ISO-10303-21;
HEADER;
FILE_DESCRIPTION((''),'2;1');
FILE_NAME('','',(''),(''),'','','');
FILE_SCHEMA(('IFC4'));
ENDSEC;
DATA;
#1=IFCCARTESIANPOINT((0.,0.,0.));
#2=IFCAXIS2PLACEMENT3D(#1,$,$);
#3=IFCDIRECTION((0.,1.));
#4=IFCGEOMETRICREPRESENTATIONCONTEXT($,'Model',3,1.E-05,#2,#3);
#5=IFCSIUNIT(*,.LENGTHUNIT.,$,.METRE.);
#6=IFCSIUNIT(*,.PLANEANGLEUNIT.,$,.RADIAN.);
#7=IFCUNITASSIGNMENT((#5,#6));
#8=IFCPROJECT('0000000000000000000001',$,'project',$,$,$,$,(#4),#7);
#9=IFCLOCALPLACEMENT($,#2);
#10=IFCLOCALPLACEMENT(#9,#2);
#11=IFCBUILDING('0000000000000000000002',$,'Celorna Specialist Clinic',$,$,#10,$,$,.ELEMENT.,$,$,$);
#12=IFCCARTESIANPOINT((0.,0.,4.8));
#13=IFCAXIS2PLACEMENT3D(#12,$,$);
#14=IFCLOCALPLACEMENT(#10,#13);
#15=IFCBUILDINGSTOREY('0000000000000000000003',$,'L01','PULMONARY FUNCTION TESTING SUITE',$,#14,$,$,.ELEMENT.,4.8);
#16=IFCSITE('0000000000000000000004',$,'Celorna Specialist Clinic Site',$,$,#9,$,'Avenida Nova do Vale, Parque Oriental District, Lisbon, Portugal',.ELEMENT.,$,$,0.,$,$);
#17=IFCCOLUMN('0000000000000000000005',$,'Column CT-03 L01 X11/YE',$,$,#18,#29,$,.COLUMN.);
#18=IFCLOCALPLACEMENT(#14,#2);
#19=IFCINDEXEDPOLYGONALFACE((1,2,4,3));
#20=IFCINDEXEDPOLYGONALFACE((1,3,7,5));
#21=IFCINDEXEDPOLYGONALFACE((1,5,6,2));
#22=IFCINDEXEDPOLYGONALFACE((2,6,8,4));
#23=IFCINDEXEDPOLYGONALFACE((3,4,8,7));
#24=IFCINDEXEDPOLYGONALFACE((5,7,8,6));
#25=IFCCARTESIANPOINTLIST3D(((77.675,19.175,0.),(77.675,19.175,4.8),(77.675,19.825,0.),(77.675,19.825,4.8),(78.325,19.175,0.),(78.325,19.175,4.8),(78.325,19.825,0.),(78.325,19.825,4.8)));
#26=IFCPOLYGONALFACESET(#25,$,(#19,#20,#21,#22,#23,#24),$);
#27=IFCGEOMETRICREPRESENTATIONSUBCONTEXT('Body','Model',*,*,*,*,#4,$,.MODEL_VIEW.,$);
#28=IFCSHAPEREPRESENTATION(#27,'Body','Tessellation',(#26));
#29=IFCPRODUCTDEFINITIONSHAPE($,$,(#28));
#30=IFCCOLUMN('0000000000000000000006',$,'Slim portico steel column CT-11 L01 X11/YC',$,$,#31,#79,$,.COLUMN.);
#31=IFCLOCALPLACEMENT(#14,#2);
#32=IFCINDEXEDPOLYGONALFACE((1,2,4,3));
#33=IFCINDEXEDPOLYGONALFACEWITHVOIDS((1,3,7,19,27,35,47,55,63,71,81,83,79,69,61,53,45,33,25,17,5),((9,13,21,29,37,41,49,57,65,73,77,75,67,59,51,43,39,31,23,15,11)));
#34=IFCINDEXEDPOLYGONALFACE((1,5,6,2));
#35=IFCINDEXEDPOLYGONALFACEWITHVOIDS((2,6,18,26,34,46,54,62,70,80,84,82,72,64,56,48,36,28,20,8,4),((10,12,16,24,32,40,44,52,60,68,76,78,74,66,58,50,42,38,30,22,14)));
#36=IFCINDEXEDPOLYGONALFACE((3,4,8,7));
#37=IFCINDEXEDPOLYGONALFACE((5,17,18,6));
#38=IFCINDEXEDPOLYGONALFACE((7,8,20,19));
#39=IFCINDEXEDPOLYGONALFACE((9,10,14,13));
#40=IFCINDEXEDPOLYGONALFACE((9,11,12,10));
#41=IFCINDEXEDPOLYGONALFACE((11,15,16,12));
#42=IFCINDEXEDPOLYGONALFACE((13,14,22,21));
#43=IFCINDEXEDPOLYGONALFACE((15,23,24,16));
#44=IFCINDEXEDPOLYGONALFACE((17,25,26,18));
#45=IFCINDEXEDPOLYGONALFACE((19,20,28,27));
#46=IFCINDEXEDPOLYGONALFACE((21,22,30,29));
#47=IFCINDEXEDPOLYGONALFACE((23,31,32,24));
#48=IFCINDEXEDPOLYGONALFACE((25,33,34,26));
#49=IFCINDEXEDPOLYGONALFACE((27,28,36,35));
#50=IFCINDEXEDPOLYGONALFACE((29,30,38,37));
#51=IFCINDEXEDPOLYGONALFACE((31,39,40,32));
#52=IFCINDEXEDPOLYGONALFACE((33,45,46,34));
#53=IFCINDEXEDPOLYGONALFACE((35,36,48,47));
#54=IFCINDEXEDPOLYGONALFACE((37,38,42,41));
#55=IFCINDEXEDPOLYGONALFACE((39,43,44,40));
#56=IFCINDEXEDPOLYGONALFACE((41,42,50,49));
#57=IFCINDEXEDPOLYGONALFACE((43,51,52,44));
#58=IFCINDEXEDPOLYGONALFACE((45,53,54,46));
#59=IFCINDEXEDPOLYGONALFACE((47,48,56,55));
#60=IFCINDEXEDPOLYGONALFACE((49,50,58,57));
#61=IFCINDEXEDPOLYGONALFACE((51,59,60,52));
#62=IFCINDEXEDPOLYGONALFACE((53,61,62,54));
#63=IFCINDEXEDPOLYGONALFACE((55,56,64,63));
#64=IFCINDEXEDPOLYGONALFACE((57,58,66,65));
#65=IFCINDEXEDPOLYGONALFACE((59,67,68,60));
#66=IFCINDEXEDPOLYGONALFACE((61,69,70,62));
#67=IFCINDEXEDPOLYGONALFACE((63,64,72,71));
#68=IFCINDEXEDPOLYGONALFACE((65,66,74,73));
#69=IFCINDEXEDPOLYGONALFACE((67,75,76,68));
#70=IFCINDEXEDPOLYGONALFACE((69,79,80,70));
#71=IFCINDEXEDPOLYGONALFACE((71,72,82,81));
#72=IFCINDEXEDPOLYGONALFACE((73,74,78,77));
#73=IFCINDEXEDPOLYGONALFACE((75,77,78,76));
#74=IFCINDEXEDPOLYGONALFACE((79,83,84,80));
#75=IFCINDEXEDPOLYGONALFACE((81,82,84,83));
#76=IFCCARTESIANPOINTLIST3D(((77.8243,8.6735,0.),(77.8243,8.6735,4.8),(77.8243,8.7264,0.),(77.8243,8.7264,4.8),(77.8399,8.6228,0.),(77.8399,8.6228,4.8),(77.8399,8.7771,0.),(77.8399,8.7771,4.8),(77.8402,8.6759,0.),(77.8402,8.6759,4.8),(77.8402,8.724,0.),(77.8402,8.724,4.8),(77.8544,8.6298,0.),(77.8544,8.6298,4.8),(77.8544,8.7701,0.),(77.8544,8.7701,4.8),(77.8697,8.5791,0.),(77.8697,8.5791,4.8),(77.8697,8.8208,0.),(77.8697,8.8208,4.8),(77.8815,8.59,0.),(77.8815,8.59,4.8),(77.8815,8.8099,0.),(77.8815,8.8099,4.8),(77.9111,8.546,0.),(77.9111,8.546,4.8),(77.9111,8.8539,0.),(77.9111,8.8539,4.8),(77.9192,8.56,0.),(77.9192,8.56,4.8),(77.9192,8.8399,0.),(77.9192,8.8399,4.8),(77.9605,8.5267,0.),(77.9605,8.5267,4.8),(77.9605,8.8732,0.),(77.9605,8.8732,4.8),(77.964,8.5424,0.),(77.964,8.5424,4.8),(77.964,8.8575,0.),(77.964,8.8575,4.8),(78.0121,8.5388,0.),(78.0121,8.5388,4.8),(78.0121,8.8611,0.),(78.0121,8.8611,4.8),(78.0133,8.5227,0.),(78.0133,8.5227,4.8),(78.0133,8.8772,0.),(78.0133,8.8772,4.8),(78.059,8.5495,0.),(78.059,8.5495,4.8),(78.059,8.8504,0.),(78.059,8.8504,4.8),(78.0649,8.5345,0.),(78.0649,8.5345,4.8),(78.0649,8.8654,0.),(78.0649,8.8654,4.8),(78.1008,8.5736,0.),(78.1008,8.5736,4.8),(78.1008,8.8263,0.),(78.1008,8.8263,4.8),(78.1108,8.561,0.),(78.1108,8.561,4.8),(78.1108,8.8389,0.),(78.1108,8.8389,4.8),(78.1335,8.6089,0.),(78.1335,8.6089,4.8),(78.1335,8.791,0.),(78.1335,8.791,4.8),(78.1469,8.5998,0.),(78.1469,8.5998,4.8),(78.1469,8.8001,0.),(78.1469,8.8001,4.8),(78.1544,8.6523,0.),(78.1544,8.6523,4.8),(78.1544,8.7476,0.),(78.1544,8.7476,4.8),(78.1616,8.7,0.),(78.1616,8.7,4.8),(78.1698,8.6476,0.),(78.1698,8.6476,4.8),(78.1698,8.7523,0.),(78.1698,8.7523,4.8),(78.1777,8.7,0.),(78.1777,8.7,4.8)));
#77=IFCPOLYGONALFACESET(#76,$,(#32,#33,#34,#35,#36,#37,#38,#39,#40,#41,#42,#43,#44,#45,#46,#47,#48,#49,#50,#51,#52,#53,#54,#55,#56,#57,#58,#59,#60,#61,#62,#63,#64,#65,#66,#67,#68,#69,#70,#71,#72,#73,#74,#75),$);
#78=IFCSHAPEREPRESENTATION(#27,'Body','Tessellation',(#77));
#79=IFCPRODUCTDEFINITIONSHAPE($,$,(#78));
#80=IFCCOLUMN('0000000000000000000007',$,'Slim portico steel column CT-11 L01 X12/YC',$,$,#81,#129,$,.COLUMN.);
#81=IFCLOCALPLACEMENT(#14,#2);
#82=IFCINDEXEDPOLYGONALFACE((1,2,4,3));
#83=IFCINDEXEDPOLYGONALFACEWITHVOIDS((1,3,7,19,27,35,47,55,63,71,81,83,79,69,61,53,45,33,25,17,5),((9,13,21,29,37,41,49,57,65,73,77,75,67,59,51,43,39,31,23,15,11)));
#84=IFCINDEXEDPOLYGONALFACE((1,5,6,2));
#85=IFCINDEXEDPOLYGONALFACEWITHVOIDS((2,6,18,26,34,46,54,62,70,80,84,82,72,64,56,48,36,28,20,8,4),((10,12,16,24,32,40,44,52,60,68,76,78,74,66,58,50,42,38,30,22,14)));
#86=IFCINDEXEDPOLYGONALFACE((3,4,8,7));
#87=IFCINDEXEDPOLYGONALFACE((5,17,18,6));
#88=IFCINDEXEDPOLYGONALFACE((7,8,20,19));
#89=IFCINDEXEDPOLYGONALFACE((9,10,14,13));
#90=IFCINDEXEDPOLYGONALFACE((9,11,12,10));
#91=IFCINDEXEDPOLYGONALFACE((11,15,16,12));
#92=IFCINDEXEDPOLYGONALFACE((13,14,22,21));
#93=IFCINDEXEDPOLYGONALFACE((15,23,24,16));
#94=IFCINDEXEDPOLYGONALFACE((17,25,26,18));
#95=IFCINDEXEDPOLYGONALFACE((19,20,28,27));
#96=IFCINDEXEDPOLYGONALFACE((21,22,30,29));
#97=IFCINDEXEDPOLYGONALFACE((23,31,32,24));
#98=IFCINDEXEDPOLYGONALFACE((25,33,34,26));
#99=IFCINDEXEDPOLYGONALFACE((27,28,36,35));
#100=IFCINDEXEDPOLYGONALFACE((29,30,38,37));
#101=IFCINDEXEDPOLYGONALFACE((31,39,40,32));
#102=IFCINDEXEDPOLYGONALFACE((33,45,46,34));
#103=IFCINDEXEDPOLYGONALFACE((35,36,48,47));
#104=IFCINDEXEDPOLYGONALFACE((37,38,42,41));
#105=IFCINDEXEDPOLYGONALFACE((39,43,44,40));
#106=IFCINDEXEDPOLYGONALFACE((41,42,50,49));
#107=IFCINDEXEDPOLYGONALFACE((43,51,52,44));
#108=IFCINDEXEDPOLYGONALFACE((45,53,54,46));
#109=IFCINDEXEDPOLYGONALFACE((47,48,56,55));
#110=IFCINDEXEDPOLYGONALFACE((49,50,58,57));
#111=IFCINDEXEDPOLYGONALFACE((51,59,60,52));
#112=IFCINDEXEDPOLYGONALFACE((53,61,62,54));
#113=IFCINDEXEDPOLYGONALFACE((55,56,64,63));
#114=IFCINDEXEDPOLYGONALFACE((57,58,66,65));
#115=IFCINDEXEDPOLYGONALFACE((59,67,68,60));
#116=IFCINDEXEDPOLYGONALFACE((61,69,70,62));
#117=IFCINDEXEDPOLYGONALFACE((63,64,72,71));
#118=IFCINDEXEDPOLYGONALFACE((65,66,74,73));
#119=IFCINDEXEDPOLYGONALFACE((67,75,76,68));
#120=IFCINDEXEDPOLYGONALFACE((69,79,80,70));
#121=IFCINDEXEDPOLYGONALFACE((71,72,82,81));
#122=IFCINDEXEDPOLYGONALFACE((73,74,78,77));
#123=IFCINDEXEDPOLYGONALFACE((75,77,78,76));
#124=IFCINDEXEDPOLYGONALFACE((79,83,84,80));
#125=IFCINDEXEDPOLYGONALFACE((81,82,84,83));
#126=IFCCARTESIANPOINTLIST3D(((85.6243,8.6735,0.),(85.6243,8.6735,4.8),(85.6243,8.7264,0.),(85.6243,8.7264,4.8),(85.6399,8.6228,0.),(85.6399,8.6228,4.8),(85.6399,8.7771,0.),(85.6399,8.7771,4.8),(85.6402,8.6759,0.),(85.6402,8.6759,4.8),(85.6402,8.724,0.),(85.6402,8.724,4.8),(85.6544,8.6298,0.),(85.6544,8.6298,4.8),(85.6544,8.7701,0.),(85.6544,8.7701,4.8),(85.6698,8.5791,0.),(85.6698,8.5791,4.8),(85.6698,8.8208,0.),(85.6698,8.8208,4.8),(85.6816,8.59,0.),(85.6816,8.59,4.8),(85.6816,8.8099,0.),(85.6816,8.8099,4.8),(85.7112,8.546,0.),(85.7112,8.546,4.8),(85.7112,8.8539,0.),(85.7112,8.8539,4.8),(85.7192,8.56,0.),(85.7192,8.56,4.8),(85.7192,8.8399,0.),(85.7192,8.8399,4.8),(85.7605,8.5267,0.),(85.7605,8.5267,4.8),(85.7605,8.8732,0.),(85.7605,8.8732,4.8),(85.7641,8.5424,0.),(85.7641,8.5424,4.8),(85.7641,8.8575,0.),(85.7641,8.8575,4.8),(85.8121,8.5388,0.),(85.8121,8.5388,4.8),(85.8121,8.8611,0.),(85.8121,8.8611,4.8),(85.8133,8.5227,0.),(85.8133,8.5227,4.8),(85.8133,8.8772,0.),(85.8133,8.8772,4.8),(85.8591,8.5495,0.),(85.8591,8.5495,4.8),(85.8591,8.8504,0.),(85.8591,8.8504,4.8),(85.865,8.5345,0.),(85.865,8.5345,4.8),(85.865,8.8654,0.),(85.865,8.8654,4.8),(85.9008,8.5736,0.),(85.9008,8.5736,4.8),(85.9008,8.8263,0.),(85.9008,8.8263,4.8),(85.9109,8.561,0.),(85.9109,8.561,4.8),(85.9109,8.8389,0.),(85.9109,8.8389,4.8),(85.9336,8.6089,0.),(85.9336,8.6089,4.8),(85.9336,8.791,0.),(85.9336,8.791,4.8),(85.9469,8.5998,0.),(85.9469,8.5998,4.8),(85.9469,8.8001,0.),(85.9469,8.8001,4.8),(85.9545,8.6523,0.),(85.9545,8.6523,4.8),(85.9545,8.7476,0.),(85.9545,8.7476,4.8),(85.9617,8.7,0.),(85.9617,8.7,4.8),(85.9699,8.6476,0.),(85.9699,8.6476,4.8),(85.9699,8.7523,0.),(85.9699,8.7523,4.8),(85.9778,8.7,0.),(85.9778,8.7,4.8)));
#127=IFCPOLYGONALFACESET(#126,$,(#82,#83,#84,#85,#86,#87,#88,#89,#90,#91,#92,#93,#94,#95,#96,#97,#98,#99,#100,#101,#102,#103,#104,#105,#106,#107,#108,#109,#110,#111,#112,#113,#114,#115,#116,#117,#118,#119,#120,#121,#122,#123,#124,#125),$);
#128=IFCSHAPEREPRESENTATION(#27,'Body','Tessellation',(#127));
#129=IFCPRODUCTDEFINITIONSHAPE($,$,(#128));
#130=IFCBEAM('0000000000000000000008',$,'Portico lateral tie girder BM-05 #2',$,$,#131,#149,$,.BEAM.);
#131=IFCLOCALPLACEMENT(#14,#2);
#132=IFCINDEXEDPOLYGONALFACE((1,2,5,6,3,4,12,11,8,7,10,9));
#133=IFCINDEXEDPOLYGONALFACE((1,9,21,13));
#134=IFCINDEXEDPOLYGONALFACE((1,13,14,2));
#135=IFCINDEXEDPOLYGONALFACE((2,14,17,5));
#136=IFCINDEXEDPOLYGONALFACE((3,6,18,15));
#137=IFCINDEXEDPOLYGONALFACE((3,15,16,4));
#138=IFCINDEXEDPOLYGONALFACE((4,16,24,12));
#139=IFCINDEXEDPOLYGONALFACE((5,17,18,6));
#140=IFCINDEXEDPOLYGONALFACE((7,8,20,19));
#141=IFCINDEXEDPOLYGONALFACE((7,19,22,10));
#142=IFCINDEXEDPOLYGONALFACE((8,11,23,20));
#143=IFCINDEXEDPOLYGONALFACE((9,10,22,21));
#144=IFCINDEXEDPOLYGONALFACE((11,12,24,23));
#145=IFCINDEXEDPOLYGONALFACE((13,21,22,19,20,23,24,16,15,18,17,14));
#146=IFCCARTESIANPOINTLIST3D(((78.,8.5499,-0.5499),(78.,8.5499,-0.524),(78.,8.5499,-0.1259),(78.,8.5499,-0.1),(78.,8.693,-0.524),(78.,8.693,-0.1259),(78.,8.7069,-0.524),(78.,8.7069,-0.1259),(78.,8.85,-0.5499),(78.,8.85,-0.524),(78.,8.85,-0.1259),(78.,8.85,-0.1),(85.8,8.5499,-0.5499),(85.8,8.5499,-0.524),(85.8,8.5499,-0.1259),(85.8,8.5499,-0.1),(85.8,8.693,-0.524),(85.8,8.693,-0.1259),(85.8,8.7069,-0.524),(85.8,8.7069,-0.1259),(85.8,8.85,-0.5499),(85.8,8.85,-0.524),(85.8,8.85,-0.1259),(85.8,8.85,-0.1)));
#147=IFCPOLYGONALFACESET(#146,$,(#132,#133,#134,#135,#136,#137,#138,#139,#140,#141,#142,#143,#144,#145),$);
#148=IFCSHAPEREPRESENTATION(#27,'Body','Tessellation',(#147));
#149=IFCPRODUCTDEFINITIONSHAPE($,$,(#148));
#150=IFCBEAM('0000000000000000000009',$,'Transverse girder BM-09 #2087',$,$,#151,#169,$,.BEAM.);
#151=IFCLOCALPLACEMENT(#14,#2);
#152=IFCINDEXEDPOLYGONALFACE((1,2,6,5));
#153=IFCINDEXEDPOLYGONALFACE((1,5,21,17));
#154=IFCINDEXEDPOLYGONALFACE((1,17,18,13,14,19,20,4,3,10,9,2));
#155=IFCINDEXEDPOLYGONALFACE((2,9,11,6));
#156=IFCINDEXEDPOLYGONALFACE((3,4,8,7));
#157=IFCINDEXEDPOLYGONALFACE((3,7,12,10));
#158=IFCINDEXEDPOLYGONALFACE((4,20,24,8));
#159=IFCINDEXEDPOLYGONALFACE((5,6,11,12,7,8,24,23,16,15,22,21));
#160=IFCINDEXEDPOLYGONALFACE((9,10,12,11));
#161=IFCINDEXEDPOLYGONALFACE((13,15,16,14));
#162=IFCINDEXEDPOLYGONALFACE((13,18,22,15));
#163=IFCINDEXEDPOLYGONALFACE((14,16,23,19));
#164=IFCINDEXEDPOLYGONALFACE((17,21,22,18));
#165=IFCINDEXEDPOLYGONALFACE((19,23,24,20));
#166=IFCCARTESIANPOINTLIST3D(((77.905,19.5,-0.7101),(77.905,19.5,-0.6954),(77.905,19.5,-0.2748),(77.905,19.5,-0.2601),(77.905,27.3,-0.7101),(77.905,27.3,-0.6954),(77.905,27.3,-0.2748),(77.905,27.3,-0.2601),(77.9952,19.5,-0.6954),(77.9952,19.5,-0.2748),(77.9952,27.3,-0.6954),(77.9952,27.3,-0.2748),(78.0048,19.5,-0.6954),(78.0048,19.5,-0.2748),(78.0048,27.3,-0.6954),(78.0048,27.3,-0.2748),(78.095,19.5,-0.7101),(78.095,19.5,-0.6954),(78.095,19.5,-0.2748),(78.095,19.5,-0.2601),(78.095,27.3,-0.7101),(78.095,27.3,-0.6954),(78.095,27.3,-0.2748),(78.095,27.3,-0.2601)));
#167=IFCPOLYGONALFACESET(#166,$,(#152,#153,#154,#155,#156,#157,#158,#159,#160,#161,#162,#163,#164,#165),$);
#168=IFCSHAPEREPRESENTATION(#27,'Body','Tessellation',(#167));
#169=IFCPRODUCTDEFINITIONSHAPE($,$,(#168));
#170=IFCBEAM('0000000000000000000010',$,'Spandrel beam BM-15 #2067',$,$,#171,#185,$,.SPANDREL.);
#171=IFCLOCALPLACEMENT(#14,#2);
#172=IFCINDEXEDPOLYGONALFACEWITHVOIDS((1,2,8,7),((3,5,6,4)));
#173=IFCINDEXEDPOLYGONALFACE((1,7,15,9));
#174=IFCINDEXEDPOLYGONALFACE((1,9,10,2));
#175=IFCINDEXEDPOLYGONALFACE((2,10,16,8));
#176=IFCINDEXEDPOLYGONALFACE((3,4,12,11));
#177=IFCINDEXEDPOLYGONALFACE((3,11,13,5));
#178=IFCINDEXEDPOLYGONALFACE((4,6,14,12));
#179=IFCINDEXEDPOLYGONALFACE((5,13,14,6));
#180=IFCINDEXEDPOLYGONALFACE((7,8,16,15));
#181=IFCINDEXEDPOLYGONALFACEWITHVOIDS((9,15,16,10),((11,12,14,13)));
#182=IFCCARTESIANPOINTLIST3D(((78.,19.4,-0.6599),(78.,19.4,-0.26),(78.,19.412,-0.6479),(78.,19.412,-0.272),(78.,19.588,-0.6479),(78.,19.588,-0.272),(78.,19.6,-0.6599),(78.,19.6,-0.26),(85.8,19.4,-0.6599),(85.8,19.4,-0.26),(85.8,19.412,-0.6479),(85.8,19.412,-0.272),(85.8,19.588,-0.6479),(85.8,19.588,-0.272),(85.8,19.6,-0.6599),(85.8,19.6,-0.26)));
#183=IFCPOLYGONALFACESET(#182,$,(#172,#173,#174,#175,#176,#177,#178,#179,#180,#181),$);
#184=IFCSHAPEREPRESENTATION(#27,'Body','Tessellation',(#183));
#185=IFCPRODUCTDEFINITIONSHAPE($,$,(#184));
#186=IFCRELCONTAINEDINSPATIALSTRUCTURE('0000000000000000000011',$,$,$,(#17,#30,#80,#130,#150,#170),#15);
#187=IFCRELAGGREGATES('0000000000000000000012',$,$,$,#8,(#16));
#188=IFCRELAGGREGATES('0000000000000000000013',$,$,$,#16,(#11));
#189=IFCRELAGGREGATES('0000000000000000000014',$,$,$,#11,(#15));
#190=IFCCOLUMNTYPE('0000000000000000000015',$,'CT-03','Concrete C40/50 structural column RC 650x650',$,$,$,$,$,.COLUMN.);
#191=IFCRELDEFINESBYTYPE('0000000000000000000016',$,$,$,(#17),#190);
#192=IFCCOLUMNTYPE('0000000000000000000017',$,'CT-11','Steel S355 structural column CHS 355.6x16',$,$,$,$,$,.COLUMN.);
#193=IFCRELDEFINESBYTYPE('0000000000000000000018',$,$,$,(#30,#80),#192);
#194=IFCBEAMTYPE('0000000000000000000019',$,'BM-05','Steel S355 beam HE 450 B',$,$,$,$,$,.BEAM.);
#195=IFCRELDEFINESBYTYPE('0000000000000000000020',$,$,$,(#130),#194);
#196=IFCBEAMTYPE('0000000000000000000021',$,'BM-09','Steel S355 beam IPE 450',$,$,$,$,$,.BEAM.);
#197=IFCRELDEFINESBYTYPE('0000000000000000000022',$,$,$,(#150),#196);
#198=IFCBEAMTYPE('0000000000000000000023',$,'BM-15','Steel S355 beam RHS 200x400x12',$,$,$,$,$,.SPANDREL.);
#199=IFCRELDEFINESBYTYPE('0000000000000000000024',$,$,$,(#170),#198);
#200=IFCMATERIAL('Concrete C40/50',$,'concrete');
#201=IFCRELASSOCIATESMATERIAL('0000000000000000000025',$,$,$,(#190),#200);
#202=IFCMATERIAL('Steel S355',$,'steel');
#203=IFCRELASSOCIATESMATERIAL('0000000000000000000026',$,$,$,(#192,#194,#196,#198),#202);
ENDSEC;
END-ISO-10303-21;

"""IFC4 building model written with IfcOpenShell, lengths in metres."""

from ifc_helpers import new_model, si_unit, direction, frame, origin, origin_2d, place, context, subcontext, project, spatial, rectangle, hollow_rectangle, hollow_circle, i_section, extrude, material, material_profile, profile_set, type_object, element, save


model = new_model("IFC4")

# Units and contexts
model_context = context("Model", 3, precision=1e-05, world=origin(), true_north=direction((0.0, 1.0)))
body_context = subcontext(model_context, "Body", "Model", "MODEL_VIEW")
ifc_project = project(units=[si_unit("LENGTHUNIT", "METRE"), si_unit("PLANEANGLEUNIT", "RADIAN")], contexts=[model_context])

# Site, building, storey
site_placement = place(None, origin())
site = spatial("IfcSite", under=ifc_project, at=site_placement, Name="Celorna Specialist Clinic Site", LongName="Avenida Nova do Vale, Parque Oriental District, Lisbon, Portugal", CompositionType="ELEMENT", RefElevation=0.0)
building_placement = place(site_placement, origin())
building = spatial("IfcBuilding", under=site, at=building_placement, Name="Celorna Specialist Clinic", CompositionType="ELEMENT")
storey_placement = place(building_placement, frame((0.0, 0.0, 4.8)))
storey = spatial("IfcBuildingStorey", under=building, at=storey_placement, Name="L01", Description="PULMONARY FUNCTION TESTING SUITE", CompositionType="ELEMENT", Elevation=4.8)

# Columns
ifc_material_1 = material(Name="Concrete C40/50", Category="concrete")
ifc_material_profile_1 = material_profile(ifc_material_1, rectangle(XDim=0.6499, YDim=0.6499, at=origin_2d()), Name="RC 650x650")
ifc_profile_set_1 = profile_set([ifc_material_profile_1], Name="Concrete C40/50")
column_type_1 = type_object("IfcColumnType", Name="CT-03", Description="Concrete C40/50 structural column RC 650x650", PredefinedType="COLUMN", material=ifc_profile_set_1)
column_placement = place(storey_placement, frame((78.0, 19.5, 0.0), z_axis=(0.0, 0.0, 1.0), x_axis=(1.0, 0.0, 0.0)))
element("IfcColumn", 1, at=column_placement, inside=storey, type_object=column_type_1, Name="Column CT-03 L01 X11/YE", PredefinedType="COLUMN", context=body_context, shape_type="SweptSolid", body=[
    extrude(rectangle(XDim=0.6499, YDim=0.6499, at=origin_2d()), origin(), (0.0, 0.0, 1.0), 4.8),
])
ifc_material_2 = material(Name="Steel S355", Category="steel")
ifc_material_profile_2 = material_profile(ifc_material_2, hollow_circle(Radius=0.1777, WallThickness=0.0161, at=origin_2d()), Name="CHS 355.6x16")
ifc_profile_set_2 = profile_set([ifc_material_profile_2], Name="Steel S355")
column_type_2 = type_object("IfcColumnType", Name="CT-11", Description="Steel S355 structural column CHS 355.6x16", PredefinedType="COLUMN", material=ifc_profile_set_2)
for number, where, z_axis, x_axis, name in (
    (2, (78.0, 8.7, 0.0), (0.0, 0.0, 1.0), (1.0, 0.0, 0.0), "Slim portico steel column CT-11 L01 X11/YC"),
    (3, (85.8, 8.7, 0.0), (0.0, 0.0, 1.0), (1.0, 0.0, 0.0), "Slim portico steel column CT-11 L01 X12/YC"),
):
    element("IfcColumn", number, at=place(storey_placement, frame(where, z_axis=z_axis, x_axis=x_axis)), inside=storey, type_object=column_type_2, Name=name, PredefinedType="COLUMN", context=body_context, shape_type="SweptSolid", body=[
        extrude(hollow_circle(Radius=0.1777, WallThickness=0.0161, at=origin_2d()), origin(), (0.0, 0.0, 1.0), 4.8),
    ])

# Beams
ifc_material_profile_3 = material_profile(ifc_material_2, i_section(OverallWidth=0.3, OverallDepth=0.45, WebThickness=0.0139, FlangeThickness=0.0259, at=origin_2d()), Name="HE 450 B")
ifc_profile_set_3 = profile_set([ifc_material_profile_3], Name="Steel S355")
beam_type_1 = type_object("IfcBeamType", Name="BM-05", Description="Steel S355 beam HE 450 B", PredefinedType="BEAM", material=ifc_profile_set_3)
beam_1_placement = place(storey_placement, frame((78.0, 8.7, -0.325), z_axis=(1.0, 0.0, 0.0), x_axis=(0.0, 1.0, 0.0)))
element("IfcBeam", 4, at=beam_1_placement, inside=storey, type_object=beam_type_1, Name="Portico lateral tie girder BM-05 #2", PredefinedType="BEAM", context=body_context, shape_type="SweptSolid", body=[
    extrude(i_section(OverallWidth=0.3, OverallDepth=0.45, WebThickness=0.0139, FlangeThickness=0.0259, at=origin_2d()), origin(), (0.0, 0.0, 1.0), 7.8),
])
ifc_material_profile_4 = material_profile(ifc_material_2, i_section(OverallWidth=0.1899, OverallDepth=0.45, WebThickness=0.0095, FlangeThickness=0.0146, at=origin_2d()), Name="IPE 450")
ifc_profile_set_4 = profile_set([ifc_material_profile_4], Name="Steel S355")
beam_type_2 = type_object("IfcBeamType", Name="BM-09", Description="Steel S355 beam IPE 450", PredefinedType="BEAM", material=ifc_profile_set_4)
beam_2_placement = place(storey_placement, frame((78.0, 19.5, -0.4851), z_axis=(0.0, 1.0, 0.0), x_axis=(-1.0, 0.0, 0.0)))
element("IfcBeam", 5, at=beam_2_placement, inside=storey, type_object=beam_type_2, Name="Transverse girder BM-09 #2087", PredefinedType="BEAM", context=body_context, shape_type="SweptSolid", body=[
    extrude(i_section(OverallWidth=0.1899, OverallDepth=0.45, WebThickness=0.0095, FlangeThickness=0.0146, at=origin_2d()), origin(), (0.0, 0.0, 1.0), 7.8),
])
ifc_material_profile_5 = material_profile(ifc_material_2, hollow_rectangle(XDim=0.2, YDim=0.3999, WallThickness=0.012, at=origin_2d()), Name="RHS 200x400x12")
ifc_profile_set_5 = profile_set([ifc_material_profile_5], Name="Steel S355")
beam_type_3 = type_object("IfcBeamType", Name="BM-15", Description="Steel S355 beam RHS 200x400x12", PredefinedType="SPANDREL", material=ifc_profile_set_5)
beam_3_placement = place(storey_placement, frame((78.0, 19.5, -0.46), z_axis=(1.0, 0.0, 0.0), x_axis=(0.0, 1.0, 0.0)))
element("IfcBeam", 6, at=beam_3_placement, inside=storey, type_object=beam_type_3, Name="Spandrel beam BM-15 #2067", PredefinedType="SPANDREL", context=body_context, shape_type="SweptSolid", body=[
    extrude(hollow_rectangle(XDim=0.2, YDim=0.3999, WallThickness=0.012, at=origin_2d()), origin(), (0.0, 0.0, 1.0), 7.8),
])

save(model, "model.ifc")
